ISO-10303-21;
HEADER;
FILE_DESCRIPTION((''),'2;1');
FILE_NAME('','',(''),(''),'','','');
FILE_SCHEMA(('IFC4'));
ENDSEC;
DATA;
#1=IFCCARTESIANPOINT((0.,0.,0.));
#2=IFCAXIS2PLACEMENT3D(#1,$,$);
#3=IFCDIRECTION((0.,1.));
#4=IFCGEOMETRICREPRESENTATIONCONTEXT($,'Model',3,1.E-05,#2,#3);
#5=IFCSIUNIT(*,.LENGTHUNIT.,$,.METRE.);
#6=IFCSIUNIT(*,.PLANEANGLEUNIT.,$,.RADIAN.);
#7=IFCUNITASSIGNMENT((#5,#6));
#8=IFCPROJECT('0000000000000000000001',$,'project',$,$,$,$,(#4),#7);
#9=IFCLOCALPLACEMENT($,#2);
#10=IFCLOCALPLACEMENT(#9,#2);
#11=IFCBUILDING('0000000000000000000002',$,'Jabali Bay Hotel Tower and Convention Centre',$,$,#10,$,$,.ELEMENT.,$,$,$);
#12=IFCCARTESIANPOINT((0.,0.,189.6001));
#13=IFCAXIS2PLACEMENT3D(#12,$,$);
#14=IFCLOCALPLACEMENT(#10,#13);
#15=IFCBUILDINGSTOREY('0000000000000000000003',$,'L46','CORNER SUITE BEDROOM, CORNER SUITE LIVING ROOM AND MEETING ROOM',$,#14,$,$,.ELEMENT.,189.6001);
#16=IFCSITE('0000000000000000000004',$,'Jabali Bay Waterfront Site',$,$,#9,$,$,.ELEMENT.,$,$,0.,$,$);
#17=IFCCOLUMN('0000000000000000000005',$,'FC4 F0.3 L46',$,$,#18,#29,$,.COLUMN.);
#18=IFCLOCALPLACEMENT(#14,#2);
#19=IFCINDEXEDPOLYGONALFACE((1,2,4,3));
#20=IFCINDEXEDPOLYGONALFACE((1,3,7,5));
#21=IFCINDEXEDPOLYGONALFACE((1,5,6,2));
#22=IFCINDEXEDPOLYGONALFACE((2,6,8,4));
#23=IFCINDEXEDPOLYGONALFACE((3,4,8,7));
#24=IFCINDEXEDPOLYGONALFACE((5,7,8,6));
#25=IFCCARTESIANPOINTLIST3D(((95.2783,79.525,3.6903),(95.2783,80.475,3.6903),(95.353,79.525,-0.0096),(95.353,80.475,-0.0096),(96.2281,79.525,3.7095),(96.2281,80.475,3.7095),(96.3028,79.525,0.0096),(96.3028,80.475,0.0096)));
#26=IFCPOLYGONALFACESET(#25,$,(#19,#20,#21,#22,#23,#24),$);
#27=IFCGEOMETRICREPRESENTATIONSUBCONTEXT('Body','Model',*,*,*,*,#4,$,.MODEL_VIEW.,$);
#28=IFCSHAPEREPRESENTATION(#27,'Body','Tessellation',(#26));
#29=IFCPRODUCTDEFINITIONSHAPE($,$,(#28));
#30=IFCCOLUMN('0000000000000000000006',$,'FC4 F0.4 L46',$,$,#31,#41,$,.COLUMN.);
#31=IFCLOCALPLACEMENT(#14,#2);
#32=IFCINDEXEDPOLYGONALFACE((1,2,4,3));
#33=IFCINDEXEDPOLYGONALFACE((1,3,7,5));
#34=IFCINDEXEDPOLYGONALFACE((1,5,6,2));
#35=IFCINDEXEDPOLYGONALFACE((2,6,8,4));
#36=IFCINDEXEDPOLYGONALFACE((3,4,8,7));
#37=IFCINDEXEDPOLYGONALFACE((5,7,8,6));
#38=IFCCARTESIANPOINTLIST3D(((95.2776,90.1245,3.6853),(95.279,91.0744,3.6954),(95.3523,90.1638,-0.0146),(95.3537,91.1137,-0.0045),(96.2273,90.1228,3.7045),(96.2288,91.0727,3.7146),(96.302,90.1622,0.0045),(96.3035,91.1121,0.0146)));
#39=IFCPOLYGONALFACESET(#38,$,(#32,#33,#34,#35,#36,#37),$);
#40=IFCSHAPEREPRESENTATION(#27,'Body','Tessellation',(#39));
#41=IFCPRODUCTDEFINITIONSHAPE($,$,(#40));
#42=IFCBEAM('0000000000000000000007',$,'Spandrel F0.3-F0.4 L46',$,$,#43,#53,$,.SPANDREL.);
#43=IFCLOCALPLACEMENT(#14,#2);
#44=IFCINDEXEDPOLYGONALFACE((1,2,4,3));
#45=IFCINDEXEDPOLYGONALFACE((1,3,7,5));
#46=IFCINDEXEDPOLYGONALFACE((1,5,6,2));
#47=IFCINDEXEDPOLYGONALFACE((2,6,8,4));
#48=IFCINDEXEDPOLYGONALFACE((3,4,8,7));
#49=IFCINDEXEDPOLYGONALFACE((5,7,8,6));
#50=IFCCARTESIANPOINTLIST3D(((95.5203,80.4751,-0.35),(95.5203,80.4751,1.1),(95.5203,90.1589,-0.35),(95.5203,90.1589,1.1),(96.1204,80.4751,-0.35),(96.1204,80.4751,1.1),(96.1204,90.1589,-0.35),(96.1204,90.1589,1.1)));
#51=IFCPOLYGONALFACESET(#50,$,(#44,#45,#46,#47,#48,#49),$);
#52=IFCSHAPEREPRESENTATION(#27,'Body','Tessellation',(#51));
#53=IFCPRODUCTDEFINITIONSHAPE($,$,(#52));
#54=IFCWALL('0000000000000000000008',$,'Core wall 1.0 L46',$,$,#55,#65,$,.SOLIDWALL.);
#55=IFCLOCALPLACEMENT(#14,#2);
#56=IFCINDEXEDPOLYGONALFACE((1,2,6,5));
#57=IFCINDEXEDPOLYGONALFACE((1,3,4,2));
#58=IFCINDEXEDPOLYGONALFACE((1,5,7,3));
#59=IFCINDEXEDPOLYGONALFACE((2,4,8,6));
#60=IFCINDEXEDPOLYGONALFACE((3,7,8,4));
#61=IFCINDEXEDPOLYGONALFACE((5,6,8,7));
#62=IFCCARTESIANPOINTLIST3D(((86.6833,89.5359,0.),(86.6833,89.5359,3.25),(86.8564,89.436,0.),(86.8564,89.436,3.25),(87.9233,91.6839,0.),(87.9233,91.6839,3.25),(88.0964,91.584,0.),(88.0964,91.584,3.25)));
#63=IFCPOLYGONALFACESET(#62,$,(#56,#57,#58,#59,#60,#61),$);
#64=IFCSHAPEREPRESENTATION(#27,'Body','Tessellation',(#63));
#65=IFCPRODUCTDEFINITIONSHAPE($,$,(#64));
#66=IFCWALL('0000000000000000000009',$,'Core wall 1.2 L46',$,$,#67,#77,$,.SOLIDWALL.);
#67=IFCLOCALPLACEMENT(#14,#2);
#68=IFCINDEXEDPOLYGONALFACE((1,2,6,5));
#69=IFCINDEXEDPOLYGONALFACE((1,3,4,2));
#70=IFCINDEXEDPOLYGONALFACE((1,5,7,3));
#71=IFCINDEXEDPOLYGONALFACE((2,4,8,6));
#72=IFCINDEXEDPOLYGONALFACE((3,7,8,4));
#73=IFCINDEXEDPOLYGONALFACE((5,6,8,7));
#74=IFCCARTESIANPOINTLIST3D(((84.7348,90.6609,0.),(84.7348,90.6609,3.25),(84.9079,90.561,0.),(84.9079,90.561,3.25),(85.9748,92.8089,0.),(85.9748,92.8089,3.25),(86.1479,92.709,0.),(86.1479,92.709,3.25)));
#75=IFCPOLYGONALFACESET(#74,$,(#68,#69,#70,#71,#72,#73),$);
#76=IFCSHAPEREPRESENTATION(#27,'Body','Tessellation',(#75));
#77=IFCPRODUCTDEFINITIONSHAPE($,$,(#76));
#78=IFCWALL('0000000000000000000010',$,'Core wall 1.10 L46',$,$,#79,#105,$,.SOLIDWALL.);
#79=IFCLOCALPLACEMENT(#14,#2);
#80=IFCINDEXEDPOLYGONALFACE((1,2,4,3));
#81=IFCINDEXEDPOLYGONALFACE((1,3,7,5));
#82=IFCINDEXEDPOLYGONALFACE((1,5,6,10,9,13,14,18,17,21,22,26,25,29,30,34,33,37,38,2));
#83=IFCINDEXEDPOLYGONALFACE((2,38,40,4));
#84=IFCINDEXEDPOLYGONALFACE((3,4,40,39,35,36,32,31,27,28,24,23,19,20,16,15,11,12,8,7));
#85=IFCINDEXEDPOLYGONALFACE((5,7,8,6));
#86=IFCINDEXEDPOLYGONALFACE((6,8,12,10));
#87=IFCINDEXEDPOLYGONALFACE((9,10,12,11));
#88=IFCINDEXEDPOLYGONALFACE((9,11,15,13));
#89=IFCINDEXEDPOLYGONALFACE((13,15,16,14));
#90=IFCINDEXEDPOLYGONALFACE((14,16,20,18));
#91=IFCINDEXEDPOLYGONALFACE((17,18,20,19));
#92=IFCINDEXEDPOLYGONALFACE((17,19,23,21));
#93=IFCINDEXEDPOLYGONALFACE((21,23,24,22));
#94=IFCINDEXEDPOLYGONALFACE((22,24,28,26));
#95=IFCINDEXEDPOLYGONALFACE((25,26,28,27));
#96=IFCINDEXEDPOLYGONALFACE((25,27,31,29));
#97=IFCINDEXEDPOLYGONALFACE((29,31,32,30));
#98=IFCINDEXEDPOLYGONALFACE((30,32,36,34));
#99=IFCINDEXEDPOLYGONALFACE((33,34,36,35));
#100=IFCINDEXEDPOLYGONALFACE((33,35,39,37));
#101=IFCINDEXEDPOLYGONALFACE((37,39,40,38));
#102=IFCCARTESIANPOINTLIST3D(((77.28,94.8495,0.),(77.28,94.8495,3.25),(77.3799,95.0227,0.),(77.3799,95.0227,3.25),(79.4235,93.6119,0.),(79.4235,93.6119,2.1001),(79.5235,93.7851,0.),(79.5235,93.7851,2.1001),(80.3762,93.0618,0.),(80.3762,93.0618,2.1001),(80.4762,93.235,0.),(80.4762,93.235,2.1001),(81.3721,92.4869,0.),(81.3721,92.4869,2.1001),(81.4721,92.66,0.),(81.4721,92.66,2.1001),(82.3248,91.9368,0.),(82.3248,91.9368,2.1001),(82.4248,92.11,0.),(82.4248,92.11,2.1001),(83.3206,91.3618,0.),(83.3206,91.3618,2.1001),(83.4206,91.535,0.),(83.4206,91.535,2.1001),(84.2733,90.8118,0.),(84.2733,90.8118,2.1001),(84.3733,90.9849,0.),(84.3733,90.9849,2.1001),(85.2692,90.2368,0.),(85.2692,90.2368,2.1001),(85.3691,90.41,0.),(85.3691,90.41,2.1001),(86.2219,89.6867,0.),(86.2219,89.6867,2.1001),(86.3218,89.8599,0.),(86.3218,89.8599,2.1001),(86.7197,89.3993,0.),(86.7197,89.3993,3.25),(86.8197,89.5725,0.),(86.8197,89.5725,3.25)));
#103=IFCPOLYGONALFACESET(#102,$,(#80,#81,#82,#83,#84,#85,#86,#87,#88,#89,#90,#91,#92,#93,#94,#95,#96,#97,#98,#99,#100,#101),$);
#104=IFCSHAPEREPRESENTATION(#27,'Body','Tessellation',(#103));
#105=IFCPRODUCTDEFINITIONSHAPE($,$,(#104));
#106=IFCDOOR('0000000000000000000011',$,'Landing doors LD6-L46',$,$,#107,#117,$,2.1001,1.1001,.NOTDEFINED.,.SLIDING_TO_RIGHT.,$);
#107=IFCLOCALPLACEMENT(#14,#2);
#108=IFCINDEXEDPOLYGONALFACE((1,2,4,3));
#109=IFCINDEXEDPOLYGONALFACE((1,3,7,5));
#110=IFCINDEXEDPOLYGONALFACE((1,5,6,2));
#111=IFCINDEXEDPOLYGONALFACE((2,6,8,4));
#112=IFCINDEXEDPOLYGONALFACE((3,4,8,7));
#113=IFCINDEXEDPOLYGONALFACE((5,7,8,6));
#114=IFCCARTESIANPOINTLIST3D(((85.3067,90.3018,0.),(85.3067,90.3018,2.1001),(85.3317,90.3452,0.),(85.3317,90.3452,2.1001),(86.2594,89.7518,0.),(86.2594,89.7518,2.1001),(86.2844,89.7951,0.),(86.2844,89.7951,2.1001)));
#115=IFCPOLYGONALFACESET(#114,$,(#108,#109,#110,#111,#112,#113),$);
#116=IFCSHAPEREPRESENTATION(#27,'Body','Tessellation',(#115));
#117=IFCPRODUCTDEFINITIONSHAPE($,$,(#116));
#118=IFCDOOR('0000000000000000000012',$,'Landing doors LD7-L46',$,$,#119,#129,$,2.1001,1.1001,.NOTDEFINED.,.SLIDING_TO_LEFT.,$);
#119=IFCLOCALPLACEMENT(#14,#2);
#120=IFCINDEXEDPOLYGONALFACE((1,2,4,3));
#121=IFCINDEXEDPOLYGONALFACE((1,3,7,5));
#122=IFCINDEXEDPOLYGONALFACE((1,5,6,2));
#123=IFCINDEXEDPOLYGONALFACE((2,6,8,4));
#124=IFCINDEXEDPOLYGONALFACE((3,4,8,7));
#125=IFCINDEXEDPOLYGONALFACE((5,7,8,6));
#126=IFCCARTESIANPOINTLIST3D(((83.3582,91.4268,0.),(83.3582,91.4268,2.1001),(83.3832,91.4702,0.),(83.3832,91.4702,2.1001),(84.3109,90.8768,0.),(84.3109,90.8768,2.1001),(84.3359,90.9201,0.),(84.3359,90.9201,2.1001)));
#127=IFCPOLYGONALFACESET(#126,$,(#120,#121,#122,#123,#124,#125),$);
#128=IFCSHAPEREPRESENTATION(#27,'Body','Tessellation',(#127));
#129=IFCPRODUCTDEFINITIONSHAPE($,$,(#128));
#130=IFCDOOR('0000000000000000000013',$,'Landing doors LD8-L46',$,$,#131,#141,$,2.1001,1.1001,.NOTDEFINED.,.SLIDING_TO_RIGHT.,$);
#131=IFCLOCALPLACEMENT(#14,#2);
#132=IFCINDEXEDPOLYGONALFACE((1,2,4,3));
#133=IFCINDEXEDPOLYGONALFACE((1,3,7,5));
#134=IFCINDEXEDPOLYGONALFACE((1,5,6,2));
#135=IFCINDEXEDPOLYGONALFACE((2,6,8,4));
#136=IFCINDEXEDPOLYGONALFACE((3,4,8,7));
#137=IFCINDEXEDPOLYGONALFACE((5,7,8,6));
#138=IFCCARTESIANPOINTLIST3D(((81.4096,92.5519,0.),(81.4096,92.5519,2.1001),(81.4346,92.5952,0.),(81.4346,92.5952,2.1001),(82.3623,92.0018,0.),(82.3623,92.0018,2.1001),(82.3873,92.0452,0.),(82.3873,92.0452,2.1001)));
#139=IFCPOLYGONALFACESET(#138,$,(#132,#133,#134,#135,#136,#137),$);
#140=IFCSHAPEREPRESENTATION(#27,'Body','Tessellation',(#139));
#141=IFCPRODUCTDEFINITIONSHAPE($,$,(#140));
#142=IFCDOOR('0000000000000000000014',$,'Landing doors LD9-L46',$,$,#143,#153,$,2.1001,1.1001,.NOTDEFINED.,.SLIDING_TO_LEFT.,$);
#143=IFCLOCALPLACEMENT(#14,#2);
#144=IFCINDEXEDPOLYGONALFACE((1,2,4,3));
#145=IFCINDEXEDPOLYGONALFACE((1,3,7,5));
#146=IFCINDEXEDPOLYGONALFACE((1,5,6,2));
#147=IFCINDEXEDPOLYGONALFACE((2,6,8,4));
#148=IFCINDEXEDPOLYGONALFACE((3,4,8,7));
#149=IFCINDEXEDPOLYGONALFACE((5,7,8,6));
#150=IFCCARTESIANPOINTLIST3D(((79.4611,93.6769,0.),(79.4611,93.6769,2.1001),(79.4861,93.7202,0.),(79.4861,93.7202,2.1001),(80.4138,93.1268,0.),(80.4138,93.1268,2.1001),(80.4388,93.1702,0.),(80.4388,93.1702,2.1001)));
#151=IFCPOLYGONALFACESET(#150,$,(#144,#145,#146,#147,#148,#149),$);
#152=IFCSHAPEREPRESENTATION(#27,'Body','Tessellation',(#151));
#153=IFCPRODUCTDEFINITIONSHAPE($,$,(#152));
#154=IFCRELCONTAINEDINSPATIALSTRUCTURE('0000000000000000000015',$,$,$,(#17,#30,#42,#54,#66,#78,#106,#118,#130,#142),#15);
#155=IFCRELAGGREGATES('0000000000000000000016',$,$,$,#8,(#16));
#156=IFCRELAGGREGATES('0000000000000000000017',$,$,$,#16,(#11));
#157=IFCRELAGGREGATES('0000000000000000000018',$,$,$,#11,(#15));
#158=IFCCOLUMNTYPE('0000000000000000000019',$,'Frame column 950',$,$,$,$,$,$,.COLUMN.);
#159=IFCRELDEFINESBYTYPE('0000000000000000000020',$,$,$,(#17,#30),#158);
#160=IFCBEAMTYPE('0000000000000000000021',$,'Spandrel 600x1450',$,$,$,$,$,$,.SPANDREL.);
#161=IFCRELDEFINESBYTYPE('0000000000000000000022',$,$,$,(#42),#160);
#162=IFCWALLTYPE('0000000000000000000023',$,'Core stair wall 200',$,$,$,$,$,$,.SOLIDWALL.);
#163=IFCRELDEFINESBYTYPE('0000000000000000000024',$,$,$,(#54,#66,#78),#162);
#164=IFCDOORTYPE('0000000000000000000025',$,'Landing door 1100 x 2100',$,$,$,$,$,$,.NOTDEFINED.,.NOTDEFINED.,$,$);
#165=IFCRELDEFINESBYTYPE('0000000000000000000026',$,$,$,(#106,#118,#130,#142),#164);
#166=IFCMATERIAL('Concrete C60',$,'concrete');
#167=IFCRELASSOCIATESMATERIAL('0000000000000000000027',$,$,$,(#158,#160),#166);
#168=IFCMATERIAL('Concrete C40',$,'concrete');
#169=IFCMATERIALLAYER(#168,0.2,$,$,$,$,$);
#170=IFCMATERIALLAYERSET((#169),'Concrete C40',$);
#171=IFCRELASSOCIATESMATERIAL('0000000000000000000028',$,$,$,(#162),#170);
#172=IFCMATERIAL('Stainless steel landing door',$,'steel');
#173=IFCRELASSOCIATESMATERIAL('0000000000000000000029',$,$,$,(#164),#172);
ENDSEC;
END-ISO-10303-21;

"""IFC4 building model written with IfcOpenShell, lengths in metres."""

from ifc_helpers import new_model, si_unit, direction, frame, frame_2d, origin, origin_2d, place, context, subcontext, project, spatial, rectangle, extrude, material, layer, layer_set, material_profile, profile_set, type_object, element, fill, save


model = new_model("IFC4")

# Units and contexts
model_context = context("Model", 3, precision=1e-05, world=origin(), true_north=direction((0.0, 1.0)))
body_context = subcontext(model_context, "Body", "Model", "MODEL_VIEW")
ifc_project = project(units=[si_unit("LENGTHUNIT", "METRE"), si_unit("PLANEANGLEUNIT", "RADIAN")], contexts=[model_context])

# Site, building, storey
site_placement = place(None, origin())
site = spatial("IfcSite", under=ifc_project, at=site_placement, Name="Jabali Bay Waterfront Site", CompositionType="ELEMENT", RefElevation=0.0)
building_placement = place(site_placement, origin())
building = spatial("IfcBuilding", under=site, at=building_placement, Name="Jabali Bay Hotel Tower and Convention Centre", CompositionType="ELEMENT")
storey_placement = place(building_placement, frame((0.0, 0.0, 189.6001)))
storey = spatial("IfcBuildingStorey", under=building, at=storey_placement, Name="L46", Description="CORNER SUITE BEDROOM, CORNER SUITE LIVING ROOM AND MEETING ROOM", CompositionType="ELEMENT", Elevation=189.6001)

# Columns
ifc_material_1 = material(Name="Concrete C60", Category="concrete")
ifc_material_profile_1 = material_profile(ifc_material_1, rectangle(XDim=0.95, YDim=0.95, at=origin_2d()), Name="Frame column 950")
ifc_profile_set_1 = profile_set([ifc_material_profile_1], Name="Concrete C60")
column_type = type_object("IfcColumnType", Name="Frame column 950", PredefinedType="COLUMN", material=ifc_profile_set_1)
column_1_placement = place(storey_placement, frame((95.8279, 80.0, 0.0), z_axis=(-0.020187, 0.0, 0.999796), x_axis=(0.0, -1.0, 0.0)))
element("IfcColumn", 1, at=column_1_placement, inside=storey, type_object=column_type, Name="FC4 F0.3 L46", PredefinedType="COLUMN", context=body_context, shape_type="SweptSolid", body=[
    extrude(rectangle(XDim=0.95, YDim=0.95, at=origin_2d()), origin(), (0.0, 0.0, 1.0), 3.7007),
])
column_2_placement = place(storey_placement, frame((95.8279, 90.6379, 0.0), z_axis=(-0.020186, -0.010621, 0.99974), x_axis=(0.999795, -0.001758, 0.020169)))
element("IfcColumn", 2, at=column_2_placement, inside=storey, type_object=column_type, Name="FC4 F0.4 L46", PredefinedType="COLUMN", context=body_context, shape_type="SweptSolid", body=[
    extrude(rectangle(XDim=0.95, YDim=0.95, at=origin_2d()), origin(), (0.0, 0.0, 1.0), 3.7009),
])

# Beam
ifc_material_profile_2 = material_profile(ifc_material_1, rectangle(XDim=0.6001, YDim=1.45, at=origin_2d()), Name="Spandrel 600x1450")
ifc_profile_set_2 = profile_set([ifc_material_profile_2], Name="Concrete C60")
beam_type = type_object("IfcBeamType", Name="Spandrel 600x1450", PredefinedType="SPANDREL", material=ifc_profile_set_2)
beam_placement = place(storey_placement, frame((95.8203, 80.4751, 0.375), z_axis=(0.0, 1.0, 0.0), x_axis=(-1.0, 0.0, 0.0)))
element("IfcBeam", 3, at=beam_placement, inside=storey, type_object=beam_type, Name="Spandrel F0.3-F0.4 L46", PredefinedType="SPANDREL", context=body_context, shape_type="SweptSolid", body=[
    extrude(rectangle(XDim=0.6001, YDim=1.45, at=origin_2d()), origin(), (0.0, 0.0, 1.0), 9.6838),
])

# Walls
ifc_material_2 = material(Name="Concrete C40", Category="concrete")
ifc_layer_1 = layer(ifc_material_2, 0.2)
ifc_layer_set_1 = layer_set([ifc_layer_1], Name="Concrete C40")
wall_type_1 = type_object("IfcWallType", Name="Core stair wall 200", PredefinedType="SOLIDWALL", material=ifc_layer_set_1)
for number, where, z_axis, x_axis, name in (
    (4, (86.7698, 89.4858, 0.0), (0.0, 0.0, 1.0), (0.499961, 0.866048, 0.0), "Core wall 1.0 L46"),
    (5, (84.8213, 90.6108, 0.0), (0.0, 0.0, 1.0), (0.499961, 0.866048, 0.0), "Core wall 1.2 L46"),
):
    element("IfcWall", number, at=place(storey_placement, frame(where, z_axis=z_axis, x_axis=x_axis)), inside=storey, type_object=wall_type_1, Name=name, PredefinedType="SOLIDWALL", context=body_context, shape_type="SweptSolid", body=[
        extrude(rectangle(XDim=2.4802, YDim=0.2, at=frame_2d((1.2402, 0.0))), origin(), (0.0, 0.0, 1.0), 3.25),
    ])

# Wall, openings, doors
wall_1_placement = place(storey_placement, frame((86.7698, 89.4858, 0.0), z_axis=(0.0, 0.0, 1.0), x_axis=(-0.866018, 0.500013, 0.0)))
wall_1 = element("IfcWall", 6, at=wall_1_placement, inside=storey, type_object=wall_type_1, Name="Core wall 1.10 L46", PredefinedType="SOLIDWALL", context=body_context, shape_type="SweptSolid", body=[
    extrude(rectangle(XDim=10.9001, YDim=0.2, at=frame_2d((5.4502, 0.0))), origin(), (0.0, 0.0, 1.0), 3.25),
])
opening_1_placement = place(wall_1_placement, frame((0.575, 0.0, 0.0)))
opening_1 = element("IfcOpeningElement", 7, at=opening_1_placement, cuts=wall_1, PredefinedType="OPENING", context=body_context, shape_type="SweptSolid", body=[
    extrude(rectangle(XDim=1.1001, YDim=2.1001, at=frame_2d((0.55, 1.05))), frame((0.0, 0.1104, 0.0), z_axis=(0.0, -1.0, 0.0), x_axis=(1.0, 0.0, 0.0)), (0.0, 0.0, 1.0), 0.2209),
])
opening_2_placement = place(wall_1_placement, frame((2.825, 0.0, 0.0)))
opening_2 = element("IfcOpeningElement", 8, at=opening_2_placement, cuts=wall_1, PredefinedType="OPENING", context=body_context, shape_type="SweptSolid", body=[
    extrude(rectangle(XDim=1.1001, YDim=2.1001, at=frame_2d((0.55, 1.05))), frame((0.0, 0.1104, 0.0), z_axis=(0.0, -1.0, 0.0), x_axis=(1.0, 0.0, 0.0)), (0.0, 0.0, 1.0), 0.2209),
])
opening_3_placement = place(wall_1_placement, frame((5.075, 0.0, 0.0)))
opening_3 = element("IfcOpeningElement", 9, at=opening_3_placement, cuts=wall_1, PredefinedType="OPENING", context=body_context, shape_type="SweptSolid", body=[
    extrude(rectangle(XDim=1.1001, YDim=2.1001, at=frame_2d((0.55, 1.05))), frame((0.0, 0.1104, 0.0), z_axis=(0.0, -1.0, 0.0), x_axis=(1.0, 0.0, 0.0)), (0.0, 0.0, 1.0), 0.2209),
])
opening_4_placement = place(wall_1_placement, frame((7.325, 0.0, 0.0)))
opening_4 = element("IfcOpeningElement", 10, at=opening_4_placement, cuts=wall_1, PredefinedType="OPENING", context=body_context, shape_type="SweptSolid", body=[
    extrude(rectangle(XDim=1.1001, YDim=2.1001, at=frame_2d((0.55, 1.05))), frame((0.0, 0.1104, 0.0), z_axis=(0.0, -1.0, 0.0), x_axis=(1.0, 0.0, 0.0)), (0.0, 0.0, 1.0), 0.2209),
])
ifc_material_3 = material(Name="Stainless steel landing door", Category="steel")
door_type_1 = type_object("IfcDoorType", Name="Landing door 1100 x 2100", OperationType="NOTDEFINED", PredefinedType="NOTDEFINED", material=ifc_material_3)
door_1_placement = place(opening_1_placement, origin())
door_1 = element("IfcDoor", 11, at=door_1_placement, inside=storey, type_object=door_type_1, Name="Landing doors LD6-L46", OperationType="SLIDING_TO_RIGHT", OverallHeight=2.1001, OverallWidth=1.1001, PredefinedType="NOTDEFINED", context=body_context, shape_type="SweptSolid", body=[
    extrude(rectangle(XDim=1.1001, YDim=2.1001, at=frame_2d((0.55, 1.05))), frame((0.0, 0.0249, 0.0), z_axis=(0.0, -1.0, 0.0), x_axis=(1.0, 0.0, 0.0)), (0.0, 0.0, 1.0), 0.05),
])
fill(opening_1, door_1)
door_2_placement = place(opening_2_placement, origin())
door_2 = element("IfcDoor", 12, at=door_2_placement, inside=storey, type_object=door_type_1, Name="Landing doors LD7-L46", OperationType="SLIDING_TO_LEFT", OverallHeight=2.1001, OverallWidth=1.1001, PredefinedType="NOTDEFINED", context=body_context, shape_type="SweptSolid", body=[
    extrude(rectangle(XDim=1.1001, YDim=2.1001, at=frame_2d((0.55, 1.05))), frame((0.0, 0.0249, 0.0), z_axis=(0.0, -1.0, 0.0), x_axis=(1.0, 0.0, 0.0)), (0.0, 0.0, 1.0), 0.05),
])
fill(opening_2, door_2)
door_3_placement = place(opening_3_placement, origin())
door_3 = element("IfcDoor", 13, at=door_3_placement, inside=storey, type_object=door_type_1, Name="Landing doors LD8-L46", OperationType="SLIDING_TO_RIGHT", OverallHeight=2.1001, OverallWidth=1.1001, PredefinedType="NOTDEFINED", context=body_context, shape_type="SweptSolid", body=[
    extrude(rectangle(XDim=1.1001, YDim=2.1001, at=frame_2d((0.55, 1.05))), frame((0.0, 0.0249, 0.0), z_axis=(0.0, -1.0, 0.0), x_axis=(1.0, 0.0, 0.0)), (0.0, 0.0, 1.0), 0.05),
])
fill(opening_3, door_3)
door_4_placement = place(opening_4_placement, origin())
door_4 = element("IfcDoor", 14, at=door_4_placement, inside=storey, type_object=door_type_1, Name="Landing doors LD9-L46", OperationType="SLIDING_TO_LEFT", OverallHeight=2.1001, OverallWidth=1.1001, PredefinedType="NOTDEFINED", context=body_context, shape_type="SweptSolid", body=[
    extrude(rectangle(XDim=1.1001, YDim=2.1001, at=frame_2d((0.55, 1.05))), frame((0.0, 0.0249, 0.0), z_axis=(0.0, -1.0, 0.0), x_axis=(1.0, 0.0, 0.0)), (0.0, 0.0, 1.0), 0.05),
])
fill(opening_4, door_4)

save(model, "model.ifc")
